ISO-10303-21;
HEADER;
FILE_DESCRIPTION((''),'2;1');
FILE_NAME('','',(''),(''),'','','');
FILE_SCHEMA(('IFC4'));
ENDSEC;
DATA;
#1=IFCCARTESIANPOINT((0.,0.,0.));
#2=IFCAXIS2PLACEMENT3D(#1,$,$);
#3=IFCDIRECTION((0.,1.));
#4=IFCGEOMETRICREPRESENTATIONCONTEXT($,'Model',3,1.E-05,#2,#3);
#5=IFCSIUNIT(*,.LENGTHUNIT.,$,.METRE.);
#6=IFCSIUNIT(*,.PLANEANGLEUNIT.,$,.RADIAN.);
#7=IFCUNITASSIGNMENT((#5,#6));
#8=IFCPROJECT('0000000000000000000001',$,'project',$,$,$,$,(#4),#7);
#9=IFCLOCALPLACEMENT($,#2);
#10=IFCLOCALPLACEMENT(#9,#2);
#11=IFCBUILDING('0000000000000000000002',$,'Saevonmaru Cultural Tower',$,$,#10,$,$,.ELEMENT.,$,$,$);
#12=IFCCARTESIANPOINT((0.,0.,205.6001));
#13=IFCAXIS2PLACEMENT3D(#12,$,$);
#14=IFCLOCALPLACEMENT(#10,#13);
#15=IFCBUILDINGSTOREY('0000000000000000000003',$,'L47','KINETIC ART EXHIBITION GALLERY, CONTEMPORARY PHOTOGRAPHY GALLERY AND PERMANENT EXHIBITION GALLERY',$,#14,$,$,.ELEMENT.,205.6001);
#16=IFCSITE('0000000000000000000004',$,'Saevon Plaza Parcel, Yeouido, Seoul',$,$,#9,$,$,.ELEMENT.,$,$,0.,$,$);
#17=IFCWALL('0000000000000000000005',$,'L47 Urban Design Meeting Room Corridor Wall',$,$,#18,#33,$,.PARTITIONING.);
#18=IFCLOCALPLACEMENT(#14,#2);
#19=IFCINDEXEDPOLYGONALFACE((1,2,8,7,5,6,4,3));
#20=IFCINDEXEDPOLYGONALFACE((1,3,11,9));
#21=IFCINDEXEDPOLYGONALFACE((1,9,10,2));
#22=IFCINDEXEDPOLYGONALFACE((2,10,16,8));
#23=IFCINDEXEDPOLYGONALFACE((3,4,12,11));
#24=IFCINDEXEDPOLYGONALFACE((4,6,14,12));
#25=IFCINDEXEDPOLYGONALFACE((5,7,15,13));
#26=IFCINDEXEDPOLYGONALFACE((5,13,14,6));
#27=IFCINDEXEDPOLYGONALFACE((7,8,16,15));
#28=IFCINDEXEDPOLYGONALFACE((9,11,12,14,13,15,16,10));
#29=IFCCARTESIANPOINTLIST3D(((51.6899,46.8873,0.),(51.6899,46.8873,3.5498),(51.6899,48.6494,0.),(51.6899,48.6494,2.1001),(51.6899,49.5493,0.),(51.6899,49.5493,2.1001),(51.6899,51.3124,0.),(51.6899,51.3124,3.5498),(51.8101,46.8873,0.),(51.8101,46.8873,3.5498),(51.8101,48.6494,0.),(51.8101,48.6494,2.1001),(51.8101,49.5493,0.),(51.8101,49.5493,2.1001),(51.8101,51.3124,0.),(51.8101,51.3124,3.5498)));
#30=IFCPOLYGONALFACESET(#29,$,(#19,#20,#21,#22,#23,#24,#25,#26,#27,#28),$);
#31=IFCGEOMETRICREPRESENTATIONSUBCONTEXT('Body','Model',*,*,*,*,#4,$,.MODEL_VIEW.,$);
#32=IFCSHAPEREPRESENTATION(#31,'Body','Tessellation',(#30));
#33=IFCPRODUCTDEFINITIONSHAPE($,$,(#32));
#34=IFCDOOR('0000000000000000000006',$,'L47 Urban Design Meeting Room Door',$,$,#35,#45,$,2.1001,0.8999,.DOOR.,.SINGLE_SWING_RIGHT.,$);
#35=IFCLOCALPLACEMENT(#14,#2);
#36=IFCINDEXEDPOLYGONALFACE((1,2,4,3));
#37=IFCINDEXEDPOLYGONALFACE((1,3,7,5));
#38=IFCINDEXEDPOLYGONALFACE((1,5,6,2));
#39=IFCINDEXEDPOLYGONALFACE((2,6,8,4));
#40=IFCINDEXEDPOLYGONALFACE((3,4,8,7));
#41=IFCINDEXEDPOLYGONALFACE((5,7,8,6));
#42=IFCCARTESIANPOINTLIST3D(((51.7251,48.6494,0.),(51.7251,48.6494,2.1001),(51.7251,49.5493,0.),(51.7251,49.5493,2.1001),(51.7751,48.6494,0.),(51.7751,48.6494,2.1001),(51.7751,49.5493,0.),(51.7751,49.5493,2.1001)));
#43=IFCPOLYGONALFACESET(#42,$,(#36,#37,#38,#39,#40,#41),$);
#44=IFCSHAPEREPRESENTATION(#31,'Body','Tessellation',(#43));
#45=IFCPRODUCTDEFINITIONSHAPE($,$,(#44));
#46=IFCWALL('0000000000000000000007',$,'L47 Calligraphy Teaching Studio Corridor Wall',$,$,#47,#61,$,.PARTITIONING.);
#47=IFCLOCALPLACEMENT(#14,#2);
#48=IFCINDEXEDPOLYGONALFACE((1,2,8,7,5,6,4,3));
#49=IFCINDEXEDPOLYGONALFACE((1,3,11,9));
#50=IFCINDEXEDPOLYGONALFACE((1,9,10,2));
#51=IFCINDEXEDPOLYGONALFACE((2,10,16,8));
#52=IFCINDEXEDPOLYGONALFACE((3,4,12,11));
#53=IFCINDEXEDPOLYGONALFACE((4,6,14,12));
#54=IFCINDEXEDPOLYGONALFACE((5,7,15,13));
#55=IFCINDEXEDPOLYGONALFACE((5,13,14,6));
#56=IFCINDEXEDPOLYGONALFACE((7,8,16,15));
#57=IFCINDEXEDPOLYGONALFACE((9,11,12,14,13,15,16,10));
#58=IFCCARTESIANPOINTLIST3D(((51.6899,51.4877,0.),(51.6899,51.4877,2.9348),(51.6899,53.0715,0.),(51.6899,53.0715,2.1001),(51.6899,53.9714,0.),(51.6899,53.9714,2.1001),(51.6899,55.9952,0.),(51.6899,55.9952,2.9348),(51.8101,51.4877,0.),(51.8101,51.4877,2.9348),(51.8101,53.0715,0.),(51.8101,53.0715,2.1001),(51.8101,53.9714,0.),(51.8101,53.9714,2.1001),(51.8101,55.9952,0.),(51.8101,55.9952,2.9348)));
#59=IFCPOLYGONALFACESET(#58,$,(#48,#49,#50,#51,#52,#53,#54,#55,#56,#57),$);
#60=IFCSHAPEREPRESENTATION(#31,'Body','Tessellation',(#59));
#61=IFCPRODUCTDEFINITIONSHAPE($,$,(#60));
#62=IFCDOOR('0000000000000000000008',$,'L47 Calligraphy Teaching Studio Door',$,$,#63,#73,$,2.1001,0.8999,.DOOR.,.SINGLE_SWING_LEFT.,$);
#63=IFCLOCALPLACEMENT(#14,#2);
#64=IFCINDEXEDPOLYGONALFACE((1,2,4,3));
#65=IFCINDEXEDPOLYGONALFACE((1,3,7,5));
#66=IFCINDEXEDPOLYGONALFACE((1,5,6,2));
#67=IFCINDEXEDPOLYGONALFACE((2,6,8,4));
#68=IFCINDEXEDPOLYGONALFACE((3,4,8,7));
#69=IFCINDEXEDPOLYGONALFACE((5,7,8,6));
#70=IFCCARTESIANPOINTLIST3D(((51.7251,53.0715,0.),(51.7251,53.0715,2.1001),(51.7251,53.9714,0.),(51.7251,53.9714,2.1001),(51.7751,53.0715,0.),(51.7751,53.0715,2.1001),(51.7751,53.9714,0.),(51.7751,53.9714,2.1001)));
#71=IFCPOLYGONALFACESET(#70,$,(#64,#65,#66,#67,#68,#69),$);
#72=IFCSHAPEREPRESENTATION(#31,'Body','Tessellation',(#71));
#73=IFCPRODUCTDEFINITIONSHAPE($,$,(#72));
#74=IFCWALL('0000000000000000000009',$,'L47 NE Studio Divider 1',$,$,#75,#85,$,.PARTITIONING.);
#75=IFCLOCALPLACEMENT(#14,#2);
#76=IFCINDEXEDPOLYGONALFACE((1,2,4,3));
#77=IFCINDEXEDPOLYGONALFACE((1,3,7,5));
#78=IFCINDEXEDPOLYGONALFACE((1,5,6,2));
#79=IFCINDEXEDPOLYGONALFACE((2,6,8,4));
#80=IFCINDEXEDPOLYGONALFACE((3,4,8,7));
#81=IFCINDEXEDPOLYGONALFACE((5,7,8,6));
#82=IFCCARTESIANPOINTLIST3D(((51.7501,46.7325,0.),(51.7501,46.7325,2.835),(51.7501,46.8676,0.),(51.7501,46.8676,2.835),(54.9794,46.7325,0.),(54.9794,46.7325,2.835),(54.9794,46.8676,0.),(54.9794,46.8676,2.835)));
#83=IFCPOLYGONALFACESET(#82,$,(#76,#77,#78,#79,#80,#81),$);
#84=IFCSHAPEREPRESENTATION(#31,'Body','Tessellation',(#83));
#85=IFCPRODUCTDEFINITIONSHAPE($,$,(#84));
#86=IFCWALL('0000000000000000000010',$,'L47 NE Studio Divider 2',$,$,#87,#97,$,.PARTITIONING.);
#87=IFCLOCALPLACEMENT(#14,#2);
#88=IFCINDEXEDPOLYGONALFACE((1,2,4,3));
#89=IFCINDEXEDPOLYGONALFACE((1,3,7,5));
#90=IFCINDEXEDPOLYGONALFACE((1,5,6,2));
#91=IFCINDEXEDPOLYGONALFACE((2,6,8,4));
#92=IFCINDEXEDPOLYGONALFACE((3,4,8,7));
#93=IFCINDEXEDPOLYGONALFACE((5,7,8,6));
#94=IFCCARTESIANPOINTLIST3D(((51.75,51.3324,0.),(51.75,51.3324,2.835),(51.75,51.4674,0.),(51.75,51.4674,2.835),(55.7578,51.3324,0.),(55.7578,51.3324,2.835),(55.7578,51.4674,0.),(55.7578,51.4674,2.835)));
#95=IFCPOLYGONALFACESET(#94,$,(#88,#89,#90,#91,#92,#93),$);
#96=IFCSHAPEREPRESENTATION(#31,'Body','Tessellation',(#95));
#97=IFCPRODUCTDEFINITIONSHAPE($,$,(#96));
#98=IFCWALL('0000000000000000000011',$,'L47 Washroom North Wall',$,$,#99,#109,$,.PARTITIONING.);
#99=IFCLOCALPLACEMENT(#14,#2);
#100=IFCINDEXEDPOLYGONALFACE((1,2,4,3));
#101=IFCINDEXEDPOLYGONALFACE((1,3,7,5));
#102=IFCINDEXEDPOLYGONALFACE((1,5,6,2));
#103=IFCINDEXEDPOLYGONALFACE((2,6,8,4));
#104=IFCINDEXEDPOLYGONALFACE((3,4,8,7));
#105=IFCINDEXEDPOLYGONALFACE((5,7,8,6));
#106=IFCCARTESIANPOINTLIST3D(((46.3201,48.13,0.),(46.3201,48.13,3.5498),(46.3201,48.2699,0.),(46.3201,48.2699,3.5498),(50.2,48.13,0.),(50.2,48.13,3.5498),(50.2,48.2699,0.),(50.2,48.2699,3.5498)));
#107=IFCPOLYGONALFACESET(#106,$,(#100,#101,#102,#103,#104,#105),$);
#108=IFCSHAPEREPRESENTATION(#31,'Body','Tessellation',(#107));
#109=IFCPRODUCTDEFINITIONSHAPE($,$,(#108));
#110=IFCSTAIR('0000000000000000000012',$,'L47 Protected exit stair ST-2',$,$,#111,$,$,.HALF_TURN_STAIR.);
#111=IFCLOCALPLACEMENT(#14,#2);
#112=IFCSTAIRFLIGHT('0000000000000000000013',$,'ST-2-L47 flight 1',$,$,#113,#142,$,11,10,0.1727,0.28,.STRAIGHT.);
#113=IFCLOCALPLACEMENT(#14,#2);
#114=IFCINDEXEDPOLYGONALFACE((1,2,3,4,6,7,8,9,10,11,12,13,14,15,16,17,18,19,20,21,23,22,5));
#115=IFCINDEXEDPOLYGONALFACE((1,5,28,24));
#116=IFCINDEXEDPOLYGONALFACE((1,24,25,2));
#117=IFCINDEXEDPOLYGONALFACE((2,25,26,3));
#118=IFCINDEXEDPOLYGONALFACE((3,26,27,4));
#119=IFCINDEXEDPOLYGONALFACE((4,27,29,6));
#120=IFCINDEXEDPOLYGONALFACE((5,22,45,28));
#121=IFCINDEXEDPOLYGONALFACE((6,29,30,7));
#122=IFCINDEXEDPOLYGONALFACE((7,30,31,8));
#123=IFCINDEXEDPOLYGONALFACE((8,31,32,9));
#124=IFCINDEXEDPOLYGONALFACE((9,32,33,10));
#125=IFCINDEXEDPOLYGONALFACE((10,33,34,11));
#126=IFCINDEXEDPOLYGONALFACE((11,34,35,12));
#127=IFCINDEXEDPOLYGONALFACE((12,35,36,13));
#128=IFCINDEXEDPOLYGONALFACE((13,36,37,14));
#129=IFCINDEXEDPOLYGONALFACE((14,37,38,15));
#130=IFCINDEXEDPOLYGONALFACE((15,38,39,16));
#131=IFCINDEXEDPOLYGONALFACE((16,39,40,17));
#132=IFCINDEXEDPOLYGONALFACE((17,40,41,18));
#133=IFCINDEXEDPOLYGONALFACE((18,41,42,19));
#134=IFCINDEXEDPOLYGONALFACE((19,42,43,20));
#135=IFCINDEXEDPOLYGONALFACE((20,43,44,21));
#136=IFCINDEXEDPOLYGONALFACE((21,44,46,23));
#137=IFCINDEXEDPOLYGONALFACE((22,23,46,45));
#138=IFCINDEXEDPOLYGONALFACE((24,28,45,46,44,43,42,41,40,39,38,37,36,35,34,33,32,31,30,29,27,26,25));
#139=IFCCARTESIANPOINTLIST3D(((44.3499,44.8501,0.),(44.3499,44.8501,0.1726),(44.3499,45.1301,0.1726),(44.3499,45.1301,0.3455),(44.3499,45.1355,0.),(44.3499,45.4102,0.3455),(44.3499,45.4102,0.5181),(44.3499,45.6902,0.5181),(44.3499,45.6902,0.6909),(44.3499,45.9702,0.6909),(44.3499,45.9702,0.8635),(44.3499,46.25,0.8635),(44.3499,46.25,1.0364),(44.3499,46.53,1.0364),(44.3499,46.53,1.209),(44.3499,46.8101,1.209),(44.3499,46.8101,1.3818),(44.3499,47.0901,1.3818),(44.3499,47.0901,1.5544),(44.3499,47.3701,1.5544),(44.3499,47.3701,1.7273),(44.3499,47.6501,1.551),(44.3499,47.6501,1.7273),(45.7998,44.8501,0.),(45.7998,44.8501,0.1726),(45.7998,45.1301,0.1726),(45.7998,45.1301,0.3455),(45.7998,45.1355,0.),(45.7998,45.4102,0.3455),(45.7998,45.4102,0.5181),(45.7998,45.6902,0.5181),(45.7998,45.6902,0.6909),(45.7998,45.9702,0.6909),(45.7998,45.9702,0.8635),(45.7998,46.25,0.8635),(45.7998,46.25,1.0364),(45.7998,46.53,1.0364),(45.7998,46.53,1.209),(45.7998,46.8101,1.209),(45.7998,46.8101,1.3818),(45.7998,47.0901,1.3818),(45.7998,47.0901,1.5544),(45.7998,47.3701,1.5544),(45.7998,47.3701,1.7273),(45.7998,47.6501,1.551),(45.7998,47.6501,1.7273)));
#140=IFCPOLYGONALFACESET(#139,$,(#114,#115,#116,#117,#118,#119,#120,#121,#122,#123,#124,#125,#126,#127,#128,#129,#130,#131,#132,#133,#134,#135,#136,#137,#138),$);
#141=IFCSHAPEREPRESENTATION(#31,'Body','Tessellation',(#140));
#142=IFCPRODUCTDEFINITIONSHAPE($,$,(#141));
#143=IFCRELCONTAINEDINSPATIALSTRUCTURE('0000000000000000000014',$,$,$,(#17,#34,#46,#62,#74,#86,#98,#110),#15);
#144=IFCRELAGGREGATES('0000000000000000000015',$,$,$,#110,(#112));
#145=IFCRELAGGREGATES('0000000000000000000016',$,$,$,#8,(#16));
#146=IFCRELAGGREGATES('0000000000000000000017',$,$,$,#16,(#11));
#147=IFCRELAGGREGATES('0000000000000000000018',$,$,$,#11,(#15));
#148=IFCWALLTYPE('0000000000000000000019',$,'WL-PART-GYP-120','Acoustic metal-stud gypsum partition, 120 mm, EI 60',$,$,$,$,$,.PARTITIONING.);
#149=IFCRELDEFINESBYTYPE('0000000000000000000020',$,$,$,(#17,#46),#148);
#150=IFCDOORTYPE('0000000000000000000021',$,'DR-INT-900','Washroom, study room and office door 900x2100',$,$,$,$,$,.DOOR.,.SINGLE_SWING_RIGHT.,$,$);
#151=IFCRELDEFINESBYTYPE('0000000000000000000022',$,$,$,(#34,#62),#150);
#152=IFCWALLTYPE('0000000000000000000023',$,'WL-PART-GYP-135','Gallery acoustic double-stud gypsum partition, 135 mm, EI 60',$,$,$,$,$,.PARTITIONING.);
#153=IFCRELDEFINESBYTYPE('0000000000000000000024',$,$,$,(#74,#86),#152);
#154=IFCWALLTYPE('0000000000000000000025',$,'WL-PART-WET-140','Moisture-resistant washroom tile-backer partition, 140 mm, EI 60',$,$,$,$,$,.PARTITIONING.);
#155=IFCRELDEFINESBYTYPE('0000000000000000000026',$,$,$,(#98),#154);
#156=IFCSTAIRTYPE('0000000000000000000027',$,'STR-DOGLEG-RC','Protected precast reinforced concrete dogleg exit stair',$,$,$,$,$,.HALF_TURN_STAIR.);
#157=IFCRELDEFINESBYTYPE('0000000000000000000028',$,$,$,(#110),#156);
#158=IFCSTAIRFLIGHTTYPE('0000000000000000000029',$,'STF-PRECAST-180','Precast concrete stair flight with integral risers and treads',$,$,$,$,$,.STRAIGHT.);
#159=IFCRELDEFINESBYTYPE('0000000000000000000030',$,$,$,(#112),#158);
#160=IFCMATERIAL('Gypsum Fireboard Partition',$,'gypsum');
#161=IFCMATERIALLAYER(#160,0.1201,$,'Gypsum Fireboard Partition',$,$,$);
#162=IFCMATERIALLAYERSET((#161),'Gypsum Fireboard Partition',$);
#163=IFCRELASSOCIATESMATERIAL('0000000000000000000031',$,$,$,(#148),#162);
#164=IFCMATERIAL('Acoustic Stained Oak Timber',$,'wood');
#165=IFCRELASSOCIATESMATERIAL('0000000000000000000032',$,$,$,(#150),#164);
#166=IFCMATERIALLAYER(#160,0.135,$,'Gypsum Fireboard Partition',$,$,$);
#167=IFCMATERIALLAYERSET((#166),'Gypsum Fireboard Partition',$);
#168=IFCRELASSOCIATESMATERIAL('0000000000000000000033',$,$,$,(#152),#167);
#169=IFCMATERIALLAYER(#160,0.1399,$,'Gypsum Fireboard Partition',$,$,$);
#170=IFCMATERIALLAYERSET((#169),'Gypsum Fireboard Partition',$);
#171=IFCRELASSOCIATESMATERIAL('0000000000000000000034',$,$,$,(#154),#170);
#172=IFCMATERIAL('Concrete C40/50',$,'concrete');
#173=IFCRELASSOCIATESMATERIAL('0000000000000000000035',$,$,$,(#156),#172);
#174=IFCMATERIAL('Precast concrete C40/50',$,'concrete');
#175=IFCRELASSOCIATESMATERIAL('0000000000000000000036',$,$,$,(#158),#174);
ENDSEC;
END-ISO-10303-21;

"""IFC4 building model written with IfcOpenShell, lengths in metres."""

from ifc_helpers import new_model, si_unit, direction, frame, frame_2d, origin, place, context, subcontext, project, spatial, polyline, rectangle, outline, extrude, material, layer, layer_set, type_object, element, fill, aggregate, save


model = new_model("IFC4")

# Units and contexts
model_context = context("Model", 3, precision=1e-05, world=origin(), true_north=direction((0.0, 1.0)))
body_context = subcontext(model_context, "Body", "Model", "MODEL_VIEW")
ifc_project = project(units=[si_unit("LENGTHUNIT", "METRE"), si_unit("PLANEANGLEUNIT", "RADIAN")], contexts=[model_context])

# Site, building, storey
site_placement = place(None, origin())
site = spatial("IfcSite", under=ifc_project, at=site_placement, Name="Saevon Plaza Parcel, Yeouido, Seoul", CompositionType="ELEMENT", RefElevation=0.0)
building_placement = place(site_placement, origin())
building = spatial("IfcBuilding", under=site, at=building_placement, Name="Saevonmaru Cultural Tower", CompositionType="ELEMENT")
storey_placement = place(building_placement, frame((0.0, 0.0, 205.6001)))
storey = spatial("IfcBuildingStorey", under=building, at=storey_placement, Name="L47", Description="KINETIC ART EXHIBITION GALLERY, CONTEMPORARY PHOTOGRAPHY GALLERY AND PERMANENT EXHIBITION GALLERY", CompositionType="ELEMENT", Elevation=205.6001)

# Walls, openings, doors
ifc_material_1 = material(Name="Gypsum Fireboard Partition", Category="gypsum")
ifc_layer_1 = layer(ifc_material_1, 0.1201, Name="Gypsum Fireboard Partition")
ifc_layer_set_1 = layer_set([ifc_layer_1], Name="Gypsum Fireboard Partition")
wall_type_1 = type_object("IfcWallType", Name="WL-PART-GYP-120", Description="Acoustic metal-stud gypsum partition, 120 mm, EI 60", PredefinedType="PARTITIONING", material=ifc_layer_set_1)
wall_1_placement = place(storey_placement, frame((51.75, 46.8875, 0.0), z_axis=(0.0, 0.0, 1.0), x_axis=(0.0, 1.0, 0.0)))
wall_1 = element("IfcWall", 1, at=wall_1_placement, inside=storey, type_object=wall_type_1, Name="L47 Urban Design Meeting Room Corridor Wall", PredefinedType="PARTITIONING", context=body_context, shape_type="SweptSolid", body=[
    extrude(rectangle(XDim=4.425, YDim=0.1201, at=frame_2d((2.2124, 0.0))), origin(), (0.0, 0.0, 1.0), 3.5498),
])
opening_1_placement = place(wall_1_placement, frame((1.762, 0.0, 0.0)))
opening_1 = element("IfcOpeningElement", 2, at=opening_1_placement, cuts=wall_1, PredefinedType="OPENING", context=body_context, shape_type="SweptSolid", body=[
    extrude(rectangle(XDim=0.8999, YDim=2.1001, at=frame_2d((0.45, 1.05))), frame((0.0, 0.0701, 0.0), z_axis=(0.0, -1.0, 0.0), x_axis=(1.0, 0.0, 0.0)), (0.0, 0.0, 1.0), 0.1401),
])
ifc_material_2 = material(Name="Acoustic Stained Oak Timber", Category="wood")
door_type_1 = type_object("IfcDoorType", Name="DR-INT-900", Description="Washroom, study room and office door 900x2100", OperationType="SINGLE_SWING_RIGHT", PredefinedType="DOOR", material=ifc_material_2)
door_1_placement = place(opening_1_placement, origin())
door_1 = element("IfcDoor", 3, at=door_1_placement, inside=storey, type_object=door_type_1, Name="L47 Urban Design Meeting Room Door", OperationType="SINGLE_SWING_RIGHT", OverallHeight=2.1001, OverallWidth=0.8999, PredefinedType="DOOR", context=body_context, shape_type="SweptSolid", body=[
    extrude(rectangle(XDim=0.8999, YDim=2.1001, at=frame_2d((0.45, 1.05))), frame((0.0, 0.0249, 0.0), z_axis=(0.0, -1.0, 0.0), x_axis=(1.0, 0.0, 0.0)), (0.0, 0.0, 1.0), 0.05),
])
fill(opening_1, door_1)
wall_2_placement = place(storey_placement, frame((51.75, 51.4875, 0.0), z_axis=(0.0, 0.0, 1.0), x_axis=(0.0, 1.0, 0.0)))
wall_2 = element("IfcWall", 4, at=wall_2_placement, inside=storey, type_object=wall_type_1, Name="L47 Calligraphy Teaching Studio Corridor Wall", PredefinedType="PARTITIONING", context=body_context, shape_type="SweptSolid", body=[
    extrude(rectangle(XDim=4.5076, YDim=0.1201, at=frame_2d((2.2539, 0.0))), origin(), (0.0, 0.0, 1.0), 2.9348),
])
opening_2_placement = place(wall_2_placement, frame((1.584, 0.0, 0.0)))
opening_2 = element("IfcOpeningElement", 5, at=opening_2_placement, cuts=wall_2, PredefinedType="OPENING", context=body_context, shape_type="SweptSolid", body=[
    extrude(rectangle(XDim=0.8999, YDim=2.1001, at=frame_2d((0.45, 1.05))), frame((0.0, 0.0701, 0.0), z_axis=(0.0, -1.0, 0.0), x_axis=(1.0, 0.0, 0.0)), (0.0, 0.0, 1.0), 0.1401),
])
door_2_placement = place(opening_2_placement, origin())
door_2 = element("IfcDoor", 6, at=door_2_placement, inside=storey, type_object=door_type_1, Name="L47 Calligraphy Teaching Studio Door", OperationType="SINGLE_SWING_LEFT", OverallHeight=2.1001, OverallWidth=0.8999, PredefinedType="DOOR", context=body_context, shape_type="SweptSolid", body=[
    extrude(rectangle(XDim=0.8999, YDim=2.1001, at=frame_2d((0.45, 1.05))), frame((0.0, 0.0249, 0.0), z_axis=(0.0, -1.0, 0.0), x_axis=(1.0, 0.0, 0.0)), (0.0, 0.0, 1.0), 0.05),
])
fill(opening_2, door_2)

# Walls
ifc_layer_2 = layer(ifc_material_1, 0.135, Name="Gypsum Fireboard Partition")
ifc_layer_set_2 = layer_set([ifc_layer_2], Name="Gypsum Fireboard Partition")
wall_type_2 = type_object("IfcWallType", Name="WL-PART-GYP-135", Description="Gallery acoustic double-stud gypsum partition, 135 mm, EI 60", PredefinedType="PARTITIONING", material=ifc_layer_set_2)
wall_3_placement = place(storey_placement, frame((51.75, 46.8, 0.0), z_axis=(0.0, 0.0, 1.0), x_axis=(1.0, 0.0, 0.0)))
element("IfcWall", 7, at=wall_3_placement, inside=storey, type_object=wall_type_2, Name="L47 NE Studio Divider 1", PredefinedType="PARTITIONING", context=body_context, shape_type="SweptSolid", body=[
    extrude(rectangle(XDim=3.2292, YDim=0.135, at=frame_2d((1.6147, 0.0))), origin(), (0.0, 0.0, 1.0), 2.835),
])
wall_4_placement = place(storey_placement, frame((51.75, 51.3999, 0.0), z_axis=(0.0, 0.0, 1.0), x_axis=(1.0, 0.0, 0.0)))
element("IfcWall", 8, at=wall_4_placement, inside=storey, type_object=wall_type_2, Name="L47 NE Studio Divider 2", PredefinedType="PARTITIONING", context=body_context, shape_type="SweptSolid", body=[
    extrude(rectangle(XDim=4.0078, YDim=0.135, at=frame_2d((2.0039, 0.0))), origin(), (0.0, 0.0, 1.0), 2.835),
])
ifc_layer_3 = layer(ifc_material_1, 0.1399, Name="Gypsum Fireboard Partition")
ifc_layer_set_3 = layer_set([ifc_layer_3], Name="Gypsum Fireboard Partition")
wall_type_3 = type_object("IfcWallType", Name="WL-PART-WET-140", Description="Moisture-resistant washroom tile-backer partition, 140 mm, EI 60", PredefinedType="PARTITIONING", material=ifc_layer_set_3)
wall_5_placement = place(storey_placement, frame((46.3201, 48.2, 0.0), z_axis=(0.0, 0.0, 1.0), x_axis=(1.0, 0.0, 0.0)))
element("IfcWall", 9, at=wall_5_placement, inside=storey, type_object=wall_type_3, Name="L47 Washroom North Wall", PredefinedType="PARTITIONING", context=body_context, shape_type="SweptSolid", body=[
    extrude(rectangle(XDim=3.8799, YDim=0.1399, at=frame_2d((1.9399, 0.0))), origin(), (0.0, 0.0, 1.0), 3.5498),
])

# Stair, stair flight
ifc_material_3 = material(Name="Concrete C40/50", Category="concrete")
stair_type = type_object("IfcStairType", Name="STR-DOGLEG-RC", Description="Protected precast reinforced concrete dogleg exit stair", PredefinedType="HALF_TURN_STAIR", material=ifc_material_3)
stair_placement = place(storey_placement, origin())
stair = element("IfcStair", 10, at=stair_placement, inside=storey, type_object=stair_type, Name="L47 Protected exit stair ST-2", PredefinedType="HALF_TURN_STAIR")
ifc_material_4 = material(Name="Precast concrete C40/50", Category="concrete")
stair_flight_type = type_object("IfcStairFlightType", Name="STF-PRECAST-180", Description="Precast concrete stair flight with integral risers and treads", PredefinedType="STRAIGHT", material=ifc_material_4)
stair_flight_placement = place(storey_placement, frame((45.075, 44.8501, 0.0), z_axis=(0.0, 0.0, 1.0), x_axis=(0.0, 1.0, 0.0)))
stair_flight = element("IfcStairFlight", 11, at=stair_flight_placement, type_object=stair_flight_type, Name="ST-2-L47 flight 1", NumberOfRisers=11, NumberOfTreads=10, PredefinedType="STRAIGHT", RiserHeight=0.1727, TreadLength=0.28, context=body_context, shape_type="SweptSolid", body=[
    extrude(outline(polyline([(0.0, 0.0), (0.0, 0.1726), (0.28, 0.1726), (0.28, 0.3455), (0.5601, 0.3455), (0.5601, 0.5181), (0.8401, 0.5181), (0.8401, 0.6909), (1.1201, 0.6909), (1.1201, 0.8635), (1.3999, 0.8635), (1.3999, 1.0364), (1.6799, 1.0364), (1.6799, 1.209), (1.96, 1.209), (1.96, 1.3818), (2.24, 1.3818), (2.24, 1.5544), (2.52, 1.5544), (2.52, 1.7273), (2.8, 1.7273), (2.8, 1.8999), (2.8, 1.551), (0.2854, 0.0), (0.0, 0.0)])), frame((0.0, 0.7251, 0.0), z_axis=(0.0, -1.0, 0.0), x_axis=(1.0, 0.0, 0.0)), (0.0, 0.0, 1.0), 1.45),
])
aggregate(stair, [stair_flight])

save(model, "model.ifc")
